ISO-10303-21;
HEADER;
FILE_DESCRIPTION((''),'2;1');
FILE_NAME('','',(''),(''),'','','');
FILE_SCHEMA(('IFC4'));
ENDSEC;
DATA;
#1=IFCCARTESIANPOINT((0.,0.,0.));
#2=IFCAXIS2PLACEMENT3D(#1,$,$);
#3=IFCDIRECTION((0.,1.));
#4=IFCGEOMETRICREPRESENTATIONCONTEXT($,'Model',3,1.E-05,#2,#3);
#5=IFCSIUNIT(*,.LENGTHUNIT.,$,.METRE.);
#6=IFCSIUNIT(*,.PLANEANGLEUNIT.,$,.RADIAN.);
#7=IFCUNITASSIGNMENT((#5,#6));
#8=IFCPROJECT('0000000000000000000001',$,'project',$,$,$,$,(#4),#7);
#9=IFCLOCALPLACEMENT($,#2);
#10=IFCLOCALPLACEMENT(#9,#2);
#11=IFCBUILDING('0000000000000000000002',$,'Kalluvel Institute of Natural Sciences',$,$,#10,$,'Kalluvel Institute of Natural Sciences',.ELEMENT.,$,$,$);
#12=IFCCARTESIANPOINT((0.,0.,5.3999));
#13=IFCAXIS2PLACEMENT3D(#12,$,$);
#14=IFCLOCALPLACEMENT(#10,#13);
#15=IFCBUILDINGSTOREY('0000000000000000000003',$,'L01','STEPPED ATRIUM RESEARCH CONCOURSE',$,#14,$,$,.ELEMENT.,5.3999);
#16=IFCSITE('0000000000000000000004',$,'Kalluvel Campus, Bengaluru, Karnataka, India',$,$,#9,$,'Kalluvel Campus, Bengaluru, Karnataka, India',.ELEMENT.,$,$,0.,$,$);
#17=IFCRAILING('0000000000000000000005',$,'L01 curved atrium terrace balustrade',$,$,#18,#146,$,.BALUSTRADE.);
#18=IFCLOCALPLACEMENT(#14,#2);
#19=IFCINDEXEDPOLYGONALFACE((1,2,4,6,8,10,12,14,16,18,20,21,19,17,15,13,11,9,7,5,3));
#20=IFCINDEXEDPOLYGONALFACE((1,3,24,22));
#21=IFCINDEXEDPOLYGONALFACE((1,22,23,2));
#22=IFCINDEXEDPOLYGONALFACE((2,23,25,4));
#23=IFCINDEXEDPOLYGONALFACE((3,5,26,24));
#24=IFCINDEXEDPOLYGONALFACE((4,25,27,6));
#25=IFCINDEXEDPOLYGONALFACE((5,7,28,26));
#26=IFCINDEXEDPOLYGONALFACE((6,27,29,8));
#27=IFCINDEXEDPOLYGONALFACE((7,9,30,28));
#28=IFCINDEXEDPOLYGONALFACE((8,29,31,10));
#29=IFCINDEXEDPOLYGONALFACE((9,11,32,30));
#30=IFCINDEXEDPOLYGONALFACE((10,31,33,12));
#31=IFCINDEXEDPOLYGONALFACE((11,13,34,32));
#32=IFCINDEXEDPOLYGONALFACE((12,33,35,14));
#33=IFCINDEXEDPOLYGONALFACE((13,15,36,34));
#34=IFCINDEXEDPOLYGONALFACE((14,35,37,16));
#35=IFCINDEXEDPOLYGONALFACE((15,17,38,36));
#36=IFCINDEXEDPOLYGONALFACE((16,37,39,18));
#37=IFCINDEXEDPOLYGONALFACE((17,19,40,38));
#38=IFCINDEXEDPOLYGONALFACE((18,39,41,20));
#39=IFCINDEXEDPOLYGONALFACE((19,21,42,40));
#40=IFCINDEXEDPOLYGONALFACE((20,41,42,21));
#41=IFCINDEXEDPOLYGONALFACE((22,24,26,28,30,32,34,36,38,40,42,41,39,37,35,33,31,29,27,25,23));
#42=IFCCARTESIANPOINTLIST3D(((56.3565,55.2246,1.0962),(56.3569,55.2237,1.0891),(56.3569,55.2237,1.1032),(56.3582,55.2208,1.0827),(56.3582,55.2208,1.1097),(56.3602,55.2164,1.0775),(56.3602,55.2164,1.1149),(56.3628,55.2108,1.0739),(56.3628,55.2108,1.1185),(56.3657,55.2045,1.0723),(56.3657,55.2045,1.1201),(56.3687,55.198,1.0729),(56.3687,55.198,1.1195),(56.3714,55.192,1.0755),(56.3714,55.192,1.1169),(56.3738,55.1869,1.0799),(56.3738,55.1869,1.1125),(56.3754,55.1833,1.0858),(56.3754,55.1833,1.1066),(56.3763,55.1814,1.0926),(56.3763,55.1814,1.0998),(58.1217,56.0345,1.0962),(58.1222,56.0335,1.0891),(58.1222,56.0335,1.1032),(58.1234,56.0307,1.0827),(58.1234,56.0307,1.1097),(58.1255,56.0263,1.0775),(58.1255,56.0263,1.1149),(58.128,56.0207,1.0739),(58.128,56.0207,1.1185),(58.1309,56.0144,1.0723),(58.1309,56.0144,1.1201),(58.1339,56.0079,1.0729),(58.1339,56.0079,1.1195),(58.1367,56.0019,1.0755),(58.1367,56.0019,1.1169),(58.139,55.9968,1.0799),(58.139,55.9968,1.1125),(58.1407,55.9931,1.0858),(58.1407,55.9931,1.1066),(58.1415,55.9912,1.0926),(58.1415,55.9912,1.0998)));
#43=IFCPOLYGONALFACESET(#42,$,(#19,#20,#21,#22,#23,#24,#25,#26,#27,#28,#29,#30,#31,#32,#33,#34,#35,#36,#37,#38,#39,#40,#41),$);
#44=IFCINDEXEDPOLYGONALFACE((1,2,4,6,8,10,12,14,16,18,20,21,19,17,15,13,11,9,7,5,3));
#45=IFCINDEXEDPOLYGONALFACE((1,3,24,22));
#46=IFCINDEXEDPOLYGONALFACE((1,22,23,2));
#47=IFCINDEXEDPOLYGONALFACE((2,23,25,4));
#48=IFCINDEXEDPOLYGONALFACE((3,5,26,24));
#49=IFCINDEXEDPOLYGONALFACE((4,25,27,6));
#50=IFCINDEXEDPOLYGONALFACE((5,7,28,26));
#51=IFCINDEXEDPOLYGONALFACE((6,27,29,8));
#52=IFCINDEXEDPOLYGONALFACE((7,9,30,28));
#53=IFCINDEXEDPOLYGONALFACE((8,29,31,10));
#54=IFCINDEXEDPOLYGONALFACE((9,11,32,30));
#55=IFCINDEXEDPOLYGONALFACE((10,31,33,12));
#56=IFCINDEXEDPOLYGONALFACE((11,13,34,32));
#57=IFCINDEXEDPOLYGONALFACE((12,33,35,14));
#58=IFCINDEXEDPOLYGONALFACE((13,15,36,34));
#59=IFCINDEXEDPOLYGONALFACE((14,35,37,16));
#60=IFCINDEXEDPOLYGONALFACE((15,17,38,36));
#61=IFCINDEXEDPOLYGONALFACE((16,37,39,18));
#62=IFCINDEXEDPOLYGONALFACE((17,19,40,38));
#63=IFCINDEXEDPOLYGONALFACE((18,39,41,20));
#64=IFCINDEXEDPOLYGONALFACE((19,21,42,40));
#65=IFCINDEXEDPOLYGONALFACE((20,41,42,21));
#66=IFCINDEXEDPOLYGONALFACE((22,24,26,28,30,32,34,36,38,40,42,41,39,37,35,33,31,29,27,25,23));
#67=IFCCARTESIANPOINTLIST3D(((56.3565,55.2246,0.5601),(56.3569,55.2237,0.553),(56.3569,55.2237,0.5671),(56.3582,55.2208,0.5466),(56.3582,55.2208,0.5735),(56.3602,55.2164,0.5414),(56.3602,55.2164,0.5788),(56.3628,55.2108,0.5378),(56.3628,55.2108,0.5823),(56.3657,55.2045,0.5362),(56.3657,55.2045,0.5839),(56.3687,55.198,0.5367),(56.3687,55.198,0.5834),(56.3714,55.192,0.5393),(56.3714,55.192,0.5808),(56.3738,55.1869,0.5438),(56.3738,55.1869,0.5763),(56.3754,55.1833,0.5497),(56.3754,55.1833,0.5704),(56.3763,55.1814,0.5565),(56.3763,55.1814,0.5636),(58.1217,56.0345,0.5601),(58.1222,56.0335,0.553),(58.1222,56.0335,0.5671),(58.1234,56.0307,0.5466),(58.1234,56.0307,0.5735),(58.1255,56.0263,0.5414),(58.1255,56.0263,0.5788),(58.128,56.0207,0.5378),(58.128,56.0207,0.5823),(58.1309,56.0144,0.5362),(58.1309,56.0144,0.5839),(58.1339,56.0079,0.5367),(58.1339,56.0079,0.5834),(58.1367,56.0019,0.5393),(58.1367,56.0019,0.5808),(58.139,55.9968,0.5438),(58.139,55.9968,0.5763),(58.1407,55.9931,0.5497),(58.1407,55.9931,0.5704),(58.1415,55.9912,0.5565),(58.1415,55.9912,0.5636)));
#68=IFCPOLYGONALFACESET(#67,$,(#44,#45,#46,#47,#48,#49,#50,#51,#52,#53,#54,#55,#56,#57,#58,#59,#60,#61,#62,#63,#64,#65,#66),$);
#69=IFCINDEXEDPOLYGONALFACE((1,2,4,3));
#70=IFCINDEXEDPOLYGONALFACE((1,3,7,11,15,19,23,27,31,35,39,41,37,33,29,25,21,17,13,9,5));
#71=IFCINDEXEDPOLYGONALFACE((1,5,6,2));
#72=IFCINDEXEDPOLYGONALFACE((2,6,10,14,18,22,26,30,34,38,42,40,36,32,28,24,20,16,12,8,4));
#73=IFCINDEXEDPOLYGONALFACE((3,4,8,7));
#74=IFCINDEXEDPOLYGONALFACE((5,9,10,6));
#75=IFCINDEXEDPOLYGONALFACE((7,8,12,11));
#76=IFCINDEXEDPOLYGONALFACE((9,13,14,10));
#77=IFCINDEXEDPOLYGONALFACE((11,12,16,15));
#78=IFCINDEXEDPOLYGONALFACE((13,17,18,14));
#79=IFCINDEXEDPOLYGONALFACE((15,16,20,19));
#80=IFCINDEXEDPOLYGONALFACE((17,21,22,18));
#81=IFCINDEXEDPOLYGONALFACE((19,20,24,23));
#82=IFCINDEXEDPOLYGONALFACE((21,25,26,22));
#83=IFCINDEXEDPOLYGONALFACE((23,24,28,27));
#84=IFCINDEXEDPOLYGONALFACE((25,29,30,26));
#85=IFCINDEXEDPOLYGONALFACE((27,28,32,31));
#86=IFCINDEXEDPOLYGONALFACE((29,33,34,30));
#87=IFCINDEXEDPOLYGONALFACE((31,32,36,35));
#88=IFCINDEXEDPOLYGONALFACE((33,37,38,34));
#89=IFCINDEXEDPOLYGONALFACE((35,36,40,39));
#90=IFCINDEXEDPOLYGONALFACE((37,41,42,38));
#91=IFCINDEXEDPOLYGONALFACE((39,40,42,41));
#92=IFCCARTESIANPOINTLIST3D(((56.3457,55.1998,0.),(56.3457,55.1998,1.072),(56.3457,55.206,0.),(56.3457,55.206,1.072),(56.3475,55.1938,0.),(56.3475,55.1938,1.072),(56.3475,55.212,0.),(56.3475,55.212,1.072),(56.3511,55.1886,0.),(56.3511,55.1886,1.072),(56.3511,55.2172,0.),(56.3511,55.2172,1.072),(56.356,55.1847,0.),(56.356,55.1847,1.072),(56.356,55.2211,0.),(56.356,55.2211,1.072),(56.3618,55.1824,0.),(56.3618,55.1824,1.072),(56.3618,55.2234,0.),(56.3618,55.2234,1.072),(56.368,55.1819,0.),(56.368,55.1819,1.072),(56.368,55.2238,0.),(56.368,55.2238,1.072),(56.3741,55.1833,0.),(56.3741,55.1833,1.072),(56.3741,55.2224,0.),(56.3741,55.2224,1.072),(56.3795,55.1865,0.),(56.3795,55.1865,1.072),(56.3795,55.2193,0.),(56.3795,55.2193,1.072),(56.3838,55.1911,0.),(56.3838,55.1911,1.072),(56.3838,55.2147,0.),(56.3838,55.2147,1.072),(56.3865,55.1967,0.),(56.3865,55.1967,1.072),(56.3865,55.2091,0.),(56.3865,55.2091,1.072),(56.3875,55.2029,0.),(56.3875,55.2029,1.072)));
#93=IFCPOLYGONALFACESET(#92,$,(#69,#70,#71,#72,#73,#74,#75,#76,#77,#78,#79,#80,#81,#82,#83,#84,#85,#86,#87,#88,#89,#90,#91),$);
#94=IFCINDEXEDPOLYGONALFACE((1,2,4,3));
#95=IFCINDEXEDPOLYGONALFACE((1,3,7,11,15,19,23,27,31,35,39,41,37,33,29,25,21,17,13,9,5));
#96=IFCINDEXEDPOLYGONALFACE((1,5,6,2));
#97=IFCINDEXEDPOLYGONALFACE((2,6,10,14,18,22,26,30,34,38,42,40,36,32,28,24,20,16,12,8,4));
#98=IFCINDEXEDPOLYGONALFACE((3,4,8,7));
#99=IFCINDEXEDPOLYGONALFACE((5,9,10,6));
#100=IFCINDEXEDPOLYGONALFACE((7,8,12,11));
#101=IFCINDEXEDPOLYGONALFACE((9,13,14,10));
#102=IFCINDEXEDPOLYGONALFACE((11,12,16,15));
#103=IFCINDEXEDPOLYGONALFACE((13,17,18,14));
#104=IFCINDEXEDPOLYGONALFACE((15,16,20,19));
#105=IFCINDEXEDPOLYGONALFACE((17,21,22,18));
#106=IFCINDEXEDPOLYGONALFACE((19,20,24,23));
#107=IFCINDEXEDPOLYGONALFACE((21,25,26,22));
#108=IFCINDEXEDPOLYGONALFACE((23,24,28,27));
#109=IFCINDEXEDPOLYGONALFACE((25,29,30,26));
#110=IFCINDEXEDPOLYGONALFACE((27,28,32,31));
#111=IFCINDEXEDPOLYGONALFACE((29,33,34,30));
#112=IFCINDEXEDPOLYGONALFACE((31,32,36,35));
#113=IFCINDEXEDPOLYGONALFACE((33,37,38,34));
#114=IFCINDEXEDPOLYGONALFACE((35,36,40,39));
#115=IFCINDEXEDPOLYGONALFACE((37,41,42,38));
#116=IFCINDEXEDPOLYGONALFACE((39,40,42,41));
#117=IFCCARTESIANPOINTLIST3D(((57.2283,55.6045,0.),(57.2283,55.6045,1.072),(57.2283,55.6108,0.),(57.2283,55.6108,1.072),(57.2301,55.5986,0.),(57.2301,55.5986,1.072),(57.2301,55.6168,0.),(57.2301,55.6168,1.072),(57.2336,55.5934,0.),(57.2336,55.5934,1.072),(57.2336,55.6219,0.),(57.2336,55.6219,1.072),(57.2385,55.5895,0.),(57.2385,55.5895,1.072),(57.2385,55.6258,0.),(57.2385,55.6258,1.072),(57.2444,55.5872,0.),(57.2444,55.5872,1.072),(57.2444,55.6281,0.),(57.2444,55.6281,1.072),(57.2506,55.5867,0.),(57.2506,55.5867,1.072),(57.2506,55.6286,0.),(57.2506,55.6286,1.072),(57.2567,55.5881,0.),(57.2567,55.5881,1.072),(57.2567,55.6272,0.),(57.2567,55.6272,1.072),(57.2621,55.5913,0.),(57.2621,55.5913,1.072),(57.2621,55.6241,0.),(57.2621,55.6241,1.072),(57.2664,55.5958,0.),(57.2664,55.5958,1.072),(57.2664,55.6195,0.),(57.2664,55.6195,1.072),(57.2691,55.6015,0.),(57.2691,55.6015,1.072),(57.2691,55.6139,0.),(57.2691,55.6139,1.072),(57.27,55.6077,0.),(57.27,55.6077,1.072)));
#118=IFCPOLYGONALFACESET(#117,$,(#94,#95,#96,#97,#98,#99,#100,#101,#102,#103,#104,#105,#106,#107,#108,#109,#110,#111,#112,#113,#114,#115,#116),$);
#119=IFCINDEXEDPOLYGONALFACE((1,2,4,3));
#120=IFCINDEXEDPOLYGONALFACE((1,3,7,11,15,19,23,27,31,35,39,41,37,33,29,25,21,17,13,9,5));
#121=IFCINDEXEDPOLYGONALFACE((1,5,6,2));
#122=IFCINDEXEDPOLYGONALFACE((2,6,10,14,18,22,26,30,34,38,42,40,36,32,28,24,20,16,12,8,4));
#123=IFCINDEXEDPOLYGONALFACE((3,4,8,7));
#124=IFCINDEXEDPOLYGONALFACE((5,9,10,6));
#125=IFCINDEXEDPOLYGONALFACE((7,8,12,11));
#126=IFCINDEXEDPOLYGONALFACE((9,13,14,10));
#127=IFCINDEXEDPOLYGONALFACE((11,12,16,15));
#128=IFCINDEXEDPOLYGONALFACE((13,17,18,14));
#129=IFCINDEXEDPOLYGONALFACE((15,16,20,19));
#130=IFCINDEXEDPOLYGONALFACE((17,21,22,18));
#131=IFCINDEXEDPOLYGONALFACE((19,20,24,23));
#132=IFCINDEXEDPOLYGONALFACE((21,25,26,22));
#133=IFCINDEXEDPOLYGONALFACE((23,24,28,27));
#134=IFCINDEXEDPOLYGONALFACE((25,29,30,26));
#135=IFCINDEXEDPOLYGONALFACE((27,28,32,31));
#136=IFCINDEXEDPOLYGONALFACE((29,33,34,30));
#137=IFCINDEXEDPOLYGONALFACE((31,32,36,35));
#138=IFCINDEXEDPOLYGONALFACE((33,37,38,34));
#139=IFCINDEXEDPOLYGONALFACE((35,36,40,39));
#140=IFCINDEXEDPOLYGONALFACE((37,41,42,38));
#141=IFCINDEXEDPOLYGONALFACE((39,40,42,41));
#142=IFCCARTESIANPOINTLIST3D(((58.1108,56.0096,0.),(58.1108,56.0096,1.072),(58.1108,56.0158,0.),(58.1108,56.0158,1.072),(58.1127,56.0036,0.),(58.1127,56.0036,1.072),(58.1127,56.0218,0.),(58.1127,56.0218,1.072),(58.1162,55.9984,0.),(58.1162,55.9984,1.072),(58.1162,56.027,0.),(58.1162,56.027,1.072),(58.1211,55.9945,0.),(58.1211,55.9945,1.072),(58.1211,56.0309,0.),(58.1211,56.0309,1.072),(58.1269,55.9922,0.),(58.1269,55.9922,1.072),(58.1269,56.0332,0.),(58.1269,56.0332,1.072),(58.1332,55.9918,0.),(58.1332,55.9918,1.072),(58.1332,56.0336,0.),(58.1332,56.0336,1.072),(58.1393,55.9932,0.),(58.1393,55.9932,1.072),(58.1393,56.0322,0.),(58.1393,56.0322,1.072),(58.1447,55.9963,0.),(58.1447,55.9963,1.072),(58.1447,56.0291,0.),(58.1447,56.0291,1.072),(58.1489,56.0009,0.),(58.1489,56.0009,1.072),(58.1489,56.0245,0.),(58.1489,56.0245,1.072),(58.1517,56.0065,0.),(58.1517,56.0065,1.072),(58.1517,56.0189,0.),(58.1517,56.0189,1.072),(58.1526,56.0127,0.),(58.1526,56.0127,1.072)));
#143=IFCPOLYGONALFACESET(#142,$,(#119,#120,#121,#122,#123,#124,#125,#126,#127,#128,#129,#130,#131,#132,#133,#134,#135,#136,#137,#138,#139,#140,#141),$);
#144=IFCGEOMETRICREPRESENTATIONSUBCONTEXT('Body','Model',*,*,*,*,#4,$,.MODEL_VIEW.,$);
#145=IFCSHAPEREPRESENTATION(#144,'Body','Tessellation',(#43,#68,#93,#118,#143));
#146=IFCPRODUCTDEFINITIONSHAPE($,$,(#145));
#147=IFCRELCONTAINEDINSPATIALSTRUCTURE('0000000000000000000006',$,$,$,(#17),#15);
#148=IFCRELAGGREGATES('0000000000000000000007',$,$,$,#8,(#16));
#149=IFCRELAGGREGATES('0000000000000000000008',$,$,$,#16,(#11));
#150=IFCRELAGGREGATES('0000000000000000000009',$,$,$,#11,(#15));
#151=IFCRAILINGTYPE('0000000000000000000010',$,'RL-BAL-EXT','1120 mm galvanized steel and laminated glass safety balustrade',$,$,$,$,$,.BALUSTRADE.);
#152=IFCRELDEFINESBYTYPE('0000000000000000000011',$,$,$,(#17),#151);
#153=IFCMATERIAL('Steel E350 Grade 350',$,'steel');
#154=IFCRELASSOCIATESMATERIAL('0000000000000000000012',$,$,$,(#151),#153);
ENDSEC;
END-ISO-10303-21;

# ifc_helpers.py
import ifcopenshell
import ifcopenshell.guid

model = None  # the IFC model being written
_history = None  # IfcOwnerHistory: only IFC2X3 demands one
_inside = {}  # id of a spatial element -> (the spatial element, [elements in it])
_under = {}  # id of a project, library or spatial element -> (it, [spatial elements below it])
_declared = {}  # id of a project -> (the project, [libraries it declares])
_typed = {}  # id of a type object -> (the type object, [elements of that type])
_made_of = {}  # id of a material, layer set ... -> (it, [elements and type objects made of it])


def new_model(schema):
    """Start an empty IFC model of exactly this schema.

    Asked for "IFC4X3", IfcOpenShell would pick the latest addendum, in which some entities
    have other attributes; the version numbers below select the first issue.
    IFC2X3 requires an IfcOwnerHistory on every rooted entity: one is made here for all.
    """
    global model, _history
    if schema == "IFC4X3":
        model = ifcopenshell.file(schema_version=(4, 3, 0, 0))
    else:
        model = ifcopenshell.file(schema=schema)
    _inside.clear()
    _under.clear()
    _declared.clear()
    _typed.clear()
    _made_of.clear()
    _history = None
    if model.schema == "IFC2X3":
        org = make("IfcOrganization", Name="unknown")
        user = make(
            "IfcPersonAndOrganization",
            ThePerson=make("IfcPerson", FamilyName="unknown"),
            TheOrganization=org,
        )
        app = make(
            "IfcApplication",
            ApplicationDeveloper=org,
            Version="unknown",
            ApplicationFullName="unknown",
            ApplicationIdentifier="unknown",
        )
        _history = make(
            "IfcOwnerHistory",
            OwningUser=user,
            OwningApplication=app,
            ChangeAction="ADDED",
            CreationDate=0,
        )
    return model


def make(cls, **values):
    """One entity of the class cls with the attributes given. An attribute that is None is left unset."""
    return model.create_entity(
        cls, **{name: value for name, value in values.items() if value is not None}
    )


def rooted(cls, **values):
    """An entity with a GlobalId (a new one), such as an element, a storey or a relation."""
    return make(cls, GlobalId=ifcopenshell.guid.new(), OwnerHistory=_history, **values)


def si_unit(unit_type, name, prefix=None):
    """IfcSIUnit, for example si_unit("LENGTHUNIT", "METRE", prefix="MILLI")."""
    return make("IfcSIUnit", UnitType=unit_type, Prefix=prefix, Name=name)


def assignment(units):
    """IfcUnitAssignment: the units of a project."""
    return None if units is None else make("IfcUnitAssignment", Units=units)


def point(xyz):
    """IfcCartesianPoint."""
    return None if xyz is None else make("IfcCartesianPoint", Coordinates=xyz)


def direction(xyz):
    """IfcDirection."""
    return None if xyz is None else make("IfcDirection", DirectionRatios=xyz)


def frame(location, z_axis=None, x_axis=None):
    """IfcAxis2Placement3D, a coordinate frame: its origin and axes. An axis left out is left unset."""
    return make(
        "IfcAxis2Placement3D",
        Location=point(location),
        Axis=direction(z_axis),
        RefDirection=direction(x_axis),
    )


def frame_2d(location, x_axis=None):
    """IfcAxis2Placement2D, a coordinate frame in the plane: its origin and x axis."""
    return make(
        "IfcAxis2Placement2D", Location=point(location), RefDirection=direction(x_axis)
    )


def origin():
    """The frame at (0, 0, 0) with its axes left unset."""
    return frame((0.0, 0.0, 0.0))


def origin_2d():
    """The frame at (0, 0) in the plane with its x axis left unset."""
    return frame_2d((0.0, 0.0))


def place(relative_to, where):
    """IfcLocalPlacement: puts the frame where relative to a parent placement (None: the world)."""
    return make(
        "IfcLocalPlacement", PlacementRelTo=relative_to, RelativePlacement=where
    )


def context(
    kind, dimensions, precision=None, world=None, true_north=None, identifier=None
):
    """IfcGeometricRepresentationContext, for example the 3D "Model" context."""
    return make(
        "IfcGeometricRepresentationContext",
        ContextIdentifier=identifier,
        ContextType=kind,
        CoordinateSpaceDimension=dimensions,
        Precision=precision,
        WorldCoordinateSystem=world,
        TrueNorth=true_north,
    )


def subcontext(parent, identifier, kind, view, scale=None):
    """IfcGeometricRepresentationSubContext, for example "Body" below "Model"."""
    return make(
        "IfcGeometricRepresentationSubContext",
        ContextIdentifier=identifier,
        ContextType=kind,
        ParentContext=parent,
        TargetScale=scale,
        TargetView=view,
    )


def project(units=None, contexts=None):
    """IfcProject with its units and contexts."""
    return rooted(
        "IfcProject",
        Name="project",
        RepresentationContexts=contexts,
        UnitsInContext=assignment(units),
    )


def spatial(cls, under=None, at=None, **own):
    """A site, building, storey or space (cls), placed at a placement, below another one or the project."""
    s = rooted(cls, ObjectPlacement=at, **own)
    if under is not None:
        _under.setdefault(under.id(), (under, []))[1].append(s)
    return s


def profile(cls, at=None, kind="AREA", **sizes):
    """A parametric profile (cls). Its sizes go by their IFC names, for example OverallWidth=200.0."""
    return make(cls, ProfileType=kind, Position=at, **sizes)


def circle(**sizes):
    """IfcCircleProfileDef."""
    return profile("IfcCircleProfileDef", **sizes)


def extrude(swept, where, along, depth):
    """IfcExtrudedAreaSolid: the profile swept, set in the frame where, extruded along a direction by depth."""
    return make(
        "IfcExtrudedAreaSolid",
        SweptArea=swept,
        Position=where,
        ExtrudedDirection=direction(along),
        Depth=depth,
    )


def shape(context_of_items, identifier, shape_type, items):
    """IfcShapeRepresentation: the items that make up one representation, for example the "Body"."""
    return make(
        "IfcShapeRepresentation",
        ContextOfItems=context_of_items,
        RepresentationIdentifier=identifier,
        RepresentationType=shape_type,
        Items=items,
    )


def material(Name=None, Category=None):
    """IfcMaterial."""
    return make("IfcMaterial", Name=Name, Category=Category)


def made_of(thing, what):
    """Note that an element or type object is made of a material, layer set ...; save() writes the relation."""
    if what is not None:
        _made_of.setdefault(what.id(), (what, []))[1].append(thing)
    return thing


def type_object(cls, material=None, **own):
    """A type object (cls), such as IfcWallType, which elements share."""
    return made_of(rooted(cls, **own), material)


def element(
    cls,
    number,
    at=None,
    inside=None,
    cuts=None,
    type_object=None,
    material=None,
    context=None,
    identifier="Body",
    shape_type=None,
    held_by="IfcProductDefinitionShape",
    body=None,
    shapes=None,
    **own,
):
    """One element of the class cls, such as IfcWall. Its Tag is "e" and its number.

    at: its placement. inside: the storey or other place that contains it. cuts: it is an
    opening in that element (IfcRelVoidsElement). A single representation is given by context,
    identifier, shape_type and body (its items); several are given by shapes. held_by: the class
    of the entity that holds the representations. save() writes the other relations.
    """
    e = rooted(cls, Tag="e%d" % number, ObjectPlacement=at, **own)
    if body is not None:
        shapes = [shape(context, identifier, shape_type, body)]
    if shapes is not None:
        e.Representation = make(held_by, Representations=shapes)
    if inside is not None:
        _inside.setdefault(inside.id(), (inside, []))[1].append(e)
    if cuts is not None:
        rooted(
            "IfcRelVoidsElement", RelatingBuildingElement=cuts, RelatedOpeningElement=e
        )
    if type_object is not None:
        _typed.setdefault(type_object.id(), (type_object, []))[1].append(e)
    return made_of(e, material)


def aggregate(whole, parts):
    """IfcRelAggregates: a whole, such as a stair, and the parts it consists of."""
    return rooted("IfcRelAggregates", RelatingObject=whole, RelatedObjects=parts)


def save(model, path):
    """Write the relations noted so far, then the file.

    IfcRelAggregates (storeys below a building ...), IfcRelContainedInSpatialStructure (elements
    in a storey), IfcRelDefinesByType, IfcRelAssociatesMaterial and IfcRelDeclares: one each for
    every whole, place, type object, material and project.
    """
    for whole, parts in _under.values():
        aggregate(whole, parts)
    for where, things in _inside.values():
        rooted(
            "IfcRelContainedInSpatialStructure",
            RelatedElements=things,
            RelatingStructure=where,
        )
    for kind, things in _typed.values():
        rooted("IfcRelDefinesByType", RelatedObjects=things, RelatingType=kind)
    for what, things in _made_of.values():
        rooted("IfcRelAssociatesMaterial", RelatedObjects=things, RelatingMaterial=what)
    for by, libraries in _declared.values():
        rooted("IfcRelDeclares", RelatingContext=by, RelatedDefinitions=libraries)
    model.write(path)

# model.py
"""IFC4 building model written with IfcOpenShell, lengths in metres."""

from ifc_helpers import new_model, si_unit, direction, frame, origin, origin_2d, place, context, subcontext, project, spatial, circle, extrude, material, type_object, element, save


model = new_model("IFC4")

# Units and contexts
model_context = context("Model", 3, precision=1e-05, world=origin(), true_north=direction((0.0, 1.0)))
body_context = subcontext(model_context, "Body", "Model", "MODEL_VIEW")
ifc_project = project(units=[si_unit("LENGTHUNIT", "METRE"), si_unit("PLANEANGLEUNIT", "RADIAN")], contexts=[model_context])

# Site, building, storey
site_placement = place(None, origin())
site = spatial("IfcSite", under=ifc_project, at=site_placement, Name="Kalluvel Campus, Bengaluru, Karnataka, India", LongName="Kalluvel Campus, Bengaluru, Karnataka, India", CompositionType="ELEMENT", RefElevation=0.0)
building_placement = place(site_placement, origin())
building = spatial("IfcBuilding", under=site, at=building_placement, Name="Kalluvel Institute of Natural Sciences", LongName="Kalluvel Institute of Natural Sciences", CompositionType="ELEMENT")
storey_placement = place(building_placement, frame((0.0, 0.0, 5.3999)))
storey = spatial("IfcBuildingStorey", under=building, at=storey_placement, Name="L01", Description="STEPPED ATRIUM RESEARCH CONCOURSE", CompositionType="ELEMENT", Elevation=5.3999)

# Shared definitions
ifc_material_1 = material(Name="Steel E350 Grade 350", Category="steel")

# Railing
railing_type = type_object("IfcRailingType", Name="RL-BAL-EXT", Description="1120 mm galvanized steel and laminated glass safety balustrade", PredefinedType="BALUSTRADE", material=ifc_material_1)
railing_1_placement = place(storey_placement, frame((56.3665, 55.2029, 0.0)))
element("IfcRailing", 1, at=railing_1_placement, inside=storey, type_object=railing_type, Name="L01 curved atrium terrace balustrade", PredefinedType="BALUSTRADE", context=body_context, shape_type="SweptSolid", body=[
    extrude(circle(Radius=0.0239, at=origin_2d()), frame((0.0, 0.0, 1.0962), z_axis=(0.90891, 0.416992, 0.0), x_axis=(-0.416992, 0.90891, 0.0)), (0.0, 0.0, 1.0), 1.9421),
    extrude(circle(Radius=0.0239, at=origin_2d()), frame((0.0, 0.0, 0.5601), z_axis=(0.90891, 0.416992, 0.0), x_axis=(-0.416992, 0.90891, 0.0)), (0.0, 0.0, 1.0), 1.9421),
    extrude(circle(Radius=0.021, at=origin_2d()), origin(), (0.0, 0.0, 1.0), 1.072),
    extrude(circle(Radius=0.021, at=origin_2d()), frame((0.8826, 0.4048, 0.0)), (0.0, 0.0, 1.0), 1.072),
    extrude(circle(Radius=0.021, at=origin_2d()), frame((1.7651, 0.8098, 0.0)), (0.0, 0.0, 1.0), 1.072),
])

save(model, "model.ifc")
